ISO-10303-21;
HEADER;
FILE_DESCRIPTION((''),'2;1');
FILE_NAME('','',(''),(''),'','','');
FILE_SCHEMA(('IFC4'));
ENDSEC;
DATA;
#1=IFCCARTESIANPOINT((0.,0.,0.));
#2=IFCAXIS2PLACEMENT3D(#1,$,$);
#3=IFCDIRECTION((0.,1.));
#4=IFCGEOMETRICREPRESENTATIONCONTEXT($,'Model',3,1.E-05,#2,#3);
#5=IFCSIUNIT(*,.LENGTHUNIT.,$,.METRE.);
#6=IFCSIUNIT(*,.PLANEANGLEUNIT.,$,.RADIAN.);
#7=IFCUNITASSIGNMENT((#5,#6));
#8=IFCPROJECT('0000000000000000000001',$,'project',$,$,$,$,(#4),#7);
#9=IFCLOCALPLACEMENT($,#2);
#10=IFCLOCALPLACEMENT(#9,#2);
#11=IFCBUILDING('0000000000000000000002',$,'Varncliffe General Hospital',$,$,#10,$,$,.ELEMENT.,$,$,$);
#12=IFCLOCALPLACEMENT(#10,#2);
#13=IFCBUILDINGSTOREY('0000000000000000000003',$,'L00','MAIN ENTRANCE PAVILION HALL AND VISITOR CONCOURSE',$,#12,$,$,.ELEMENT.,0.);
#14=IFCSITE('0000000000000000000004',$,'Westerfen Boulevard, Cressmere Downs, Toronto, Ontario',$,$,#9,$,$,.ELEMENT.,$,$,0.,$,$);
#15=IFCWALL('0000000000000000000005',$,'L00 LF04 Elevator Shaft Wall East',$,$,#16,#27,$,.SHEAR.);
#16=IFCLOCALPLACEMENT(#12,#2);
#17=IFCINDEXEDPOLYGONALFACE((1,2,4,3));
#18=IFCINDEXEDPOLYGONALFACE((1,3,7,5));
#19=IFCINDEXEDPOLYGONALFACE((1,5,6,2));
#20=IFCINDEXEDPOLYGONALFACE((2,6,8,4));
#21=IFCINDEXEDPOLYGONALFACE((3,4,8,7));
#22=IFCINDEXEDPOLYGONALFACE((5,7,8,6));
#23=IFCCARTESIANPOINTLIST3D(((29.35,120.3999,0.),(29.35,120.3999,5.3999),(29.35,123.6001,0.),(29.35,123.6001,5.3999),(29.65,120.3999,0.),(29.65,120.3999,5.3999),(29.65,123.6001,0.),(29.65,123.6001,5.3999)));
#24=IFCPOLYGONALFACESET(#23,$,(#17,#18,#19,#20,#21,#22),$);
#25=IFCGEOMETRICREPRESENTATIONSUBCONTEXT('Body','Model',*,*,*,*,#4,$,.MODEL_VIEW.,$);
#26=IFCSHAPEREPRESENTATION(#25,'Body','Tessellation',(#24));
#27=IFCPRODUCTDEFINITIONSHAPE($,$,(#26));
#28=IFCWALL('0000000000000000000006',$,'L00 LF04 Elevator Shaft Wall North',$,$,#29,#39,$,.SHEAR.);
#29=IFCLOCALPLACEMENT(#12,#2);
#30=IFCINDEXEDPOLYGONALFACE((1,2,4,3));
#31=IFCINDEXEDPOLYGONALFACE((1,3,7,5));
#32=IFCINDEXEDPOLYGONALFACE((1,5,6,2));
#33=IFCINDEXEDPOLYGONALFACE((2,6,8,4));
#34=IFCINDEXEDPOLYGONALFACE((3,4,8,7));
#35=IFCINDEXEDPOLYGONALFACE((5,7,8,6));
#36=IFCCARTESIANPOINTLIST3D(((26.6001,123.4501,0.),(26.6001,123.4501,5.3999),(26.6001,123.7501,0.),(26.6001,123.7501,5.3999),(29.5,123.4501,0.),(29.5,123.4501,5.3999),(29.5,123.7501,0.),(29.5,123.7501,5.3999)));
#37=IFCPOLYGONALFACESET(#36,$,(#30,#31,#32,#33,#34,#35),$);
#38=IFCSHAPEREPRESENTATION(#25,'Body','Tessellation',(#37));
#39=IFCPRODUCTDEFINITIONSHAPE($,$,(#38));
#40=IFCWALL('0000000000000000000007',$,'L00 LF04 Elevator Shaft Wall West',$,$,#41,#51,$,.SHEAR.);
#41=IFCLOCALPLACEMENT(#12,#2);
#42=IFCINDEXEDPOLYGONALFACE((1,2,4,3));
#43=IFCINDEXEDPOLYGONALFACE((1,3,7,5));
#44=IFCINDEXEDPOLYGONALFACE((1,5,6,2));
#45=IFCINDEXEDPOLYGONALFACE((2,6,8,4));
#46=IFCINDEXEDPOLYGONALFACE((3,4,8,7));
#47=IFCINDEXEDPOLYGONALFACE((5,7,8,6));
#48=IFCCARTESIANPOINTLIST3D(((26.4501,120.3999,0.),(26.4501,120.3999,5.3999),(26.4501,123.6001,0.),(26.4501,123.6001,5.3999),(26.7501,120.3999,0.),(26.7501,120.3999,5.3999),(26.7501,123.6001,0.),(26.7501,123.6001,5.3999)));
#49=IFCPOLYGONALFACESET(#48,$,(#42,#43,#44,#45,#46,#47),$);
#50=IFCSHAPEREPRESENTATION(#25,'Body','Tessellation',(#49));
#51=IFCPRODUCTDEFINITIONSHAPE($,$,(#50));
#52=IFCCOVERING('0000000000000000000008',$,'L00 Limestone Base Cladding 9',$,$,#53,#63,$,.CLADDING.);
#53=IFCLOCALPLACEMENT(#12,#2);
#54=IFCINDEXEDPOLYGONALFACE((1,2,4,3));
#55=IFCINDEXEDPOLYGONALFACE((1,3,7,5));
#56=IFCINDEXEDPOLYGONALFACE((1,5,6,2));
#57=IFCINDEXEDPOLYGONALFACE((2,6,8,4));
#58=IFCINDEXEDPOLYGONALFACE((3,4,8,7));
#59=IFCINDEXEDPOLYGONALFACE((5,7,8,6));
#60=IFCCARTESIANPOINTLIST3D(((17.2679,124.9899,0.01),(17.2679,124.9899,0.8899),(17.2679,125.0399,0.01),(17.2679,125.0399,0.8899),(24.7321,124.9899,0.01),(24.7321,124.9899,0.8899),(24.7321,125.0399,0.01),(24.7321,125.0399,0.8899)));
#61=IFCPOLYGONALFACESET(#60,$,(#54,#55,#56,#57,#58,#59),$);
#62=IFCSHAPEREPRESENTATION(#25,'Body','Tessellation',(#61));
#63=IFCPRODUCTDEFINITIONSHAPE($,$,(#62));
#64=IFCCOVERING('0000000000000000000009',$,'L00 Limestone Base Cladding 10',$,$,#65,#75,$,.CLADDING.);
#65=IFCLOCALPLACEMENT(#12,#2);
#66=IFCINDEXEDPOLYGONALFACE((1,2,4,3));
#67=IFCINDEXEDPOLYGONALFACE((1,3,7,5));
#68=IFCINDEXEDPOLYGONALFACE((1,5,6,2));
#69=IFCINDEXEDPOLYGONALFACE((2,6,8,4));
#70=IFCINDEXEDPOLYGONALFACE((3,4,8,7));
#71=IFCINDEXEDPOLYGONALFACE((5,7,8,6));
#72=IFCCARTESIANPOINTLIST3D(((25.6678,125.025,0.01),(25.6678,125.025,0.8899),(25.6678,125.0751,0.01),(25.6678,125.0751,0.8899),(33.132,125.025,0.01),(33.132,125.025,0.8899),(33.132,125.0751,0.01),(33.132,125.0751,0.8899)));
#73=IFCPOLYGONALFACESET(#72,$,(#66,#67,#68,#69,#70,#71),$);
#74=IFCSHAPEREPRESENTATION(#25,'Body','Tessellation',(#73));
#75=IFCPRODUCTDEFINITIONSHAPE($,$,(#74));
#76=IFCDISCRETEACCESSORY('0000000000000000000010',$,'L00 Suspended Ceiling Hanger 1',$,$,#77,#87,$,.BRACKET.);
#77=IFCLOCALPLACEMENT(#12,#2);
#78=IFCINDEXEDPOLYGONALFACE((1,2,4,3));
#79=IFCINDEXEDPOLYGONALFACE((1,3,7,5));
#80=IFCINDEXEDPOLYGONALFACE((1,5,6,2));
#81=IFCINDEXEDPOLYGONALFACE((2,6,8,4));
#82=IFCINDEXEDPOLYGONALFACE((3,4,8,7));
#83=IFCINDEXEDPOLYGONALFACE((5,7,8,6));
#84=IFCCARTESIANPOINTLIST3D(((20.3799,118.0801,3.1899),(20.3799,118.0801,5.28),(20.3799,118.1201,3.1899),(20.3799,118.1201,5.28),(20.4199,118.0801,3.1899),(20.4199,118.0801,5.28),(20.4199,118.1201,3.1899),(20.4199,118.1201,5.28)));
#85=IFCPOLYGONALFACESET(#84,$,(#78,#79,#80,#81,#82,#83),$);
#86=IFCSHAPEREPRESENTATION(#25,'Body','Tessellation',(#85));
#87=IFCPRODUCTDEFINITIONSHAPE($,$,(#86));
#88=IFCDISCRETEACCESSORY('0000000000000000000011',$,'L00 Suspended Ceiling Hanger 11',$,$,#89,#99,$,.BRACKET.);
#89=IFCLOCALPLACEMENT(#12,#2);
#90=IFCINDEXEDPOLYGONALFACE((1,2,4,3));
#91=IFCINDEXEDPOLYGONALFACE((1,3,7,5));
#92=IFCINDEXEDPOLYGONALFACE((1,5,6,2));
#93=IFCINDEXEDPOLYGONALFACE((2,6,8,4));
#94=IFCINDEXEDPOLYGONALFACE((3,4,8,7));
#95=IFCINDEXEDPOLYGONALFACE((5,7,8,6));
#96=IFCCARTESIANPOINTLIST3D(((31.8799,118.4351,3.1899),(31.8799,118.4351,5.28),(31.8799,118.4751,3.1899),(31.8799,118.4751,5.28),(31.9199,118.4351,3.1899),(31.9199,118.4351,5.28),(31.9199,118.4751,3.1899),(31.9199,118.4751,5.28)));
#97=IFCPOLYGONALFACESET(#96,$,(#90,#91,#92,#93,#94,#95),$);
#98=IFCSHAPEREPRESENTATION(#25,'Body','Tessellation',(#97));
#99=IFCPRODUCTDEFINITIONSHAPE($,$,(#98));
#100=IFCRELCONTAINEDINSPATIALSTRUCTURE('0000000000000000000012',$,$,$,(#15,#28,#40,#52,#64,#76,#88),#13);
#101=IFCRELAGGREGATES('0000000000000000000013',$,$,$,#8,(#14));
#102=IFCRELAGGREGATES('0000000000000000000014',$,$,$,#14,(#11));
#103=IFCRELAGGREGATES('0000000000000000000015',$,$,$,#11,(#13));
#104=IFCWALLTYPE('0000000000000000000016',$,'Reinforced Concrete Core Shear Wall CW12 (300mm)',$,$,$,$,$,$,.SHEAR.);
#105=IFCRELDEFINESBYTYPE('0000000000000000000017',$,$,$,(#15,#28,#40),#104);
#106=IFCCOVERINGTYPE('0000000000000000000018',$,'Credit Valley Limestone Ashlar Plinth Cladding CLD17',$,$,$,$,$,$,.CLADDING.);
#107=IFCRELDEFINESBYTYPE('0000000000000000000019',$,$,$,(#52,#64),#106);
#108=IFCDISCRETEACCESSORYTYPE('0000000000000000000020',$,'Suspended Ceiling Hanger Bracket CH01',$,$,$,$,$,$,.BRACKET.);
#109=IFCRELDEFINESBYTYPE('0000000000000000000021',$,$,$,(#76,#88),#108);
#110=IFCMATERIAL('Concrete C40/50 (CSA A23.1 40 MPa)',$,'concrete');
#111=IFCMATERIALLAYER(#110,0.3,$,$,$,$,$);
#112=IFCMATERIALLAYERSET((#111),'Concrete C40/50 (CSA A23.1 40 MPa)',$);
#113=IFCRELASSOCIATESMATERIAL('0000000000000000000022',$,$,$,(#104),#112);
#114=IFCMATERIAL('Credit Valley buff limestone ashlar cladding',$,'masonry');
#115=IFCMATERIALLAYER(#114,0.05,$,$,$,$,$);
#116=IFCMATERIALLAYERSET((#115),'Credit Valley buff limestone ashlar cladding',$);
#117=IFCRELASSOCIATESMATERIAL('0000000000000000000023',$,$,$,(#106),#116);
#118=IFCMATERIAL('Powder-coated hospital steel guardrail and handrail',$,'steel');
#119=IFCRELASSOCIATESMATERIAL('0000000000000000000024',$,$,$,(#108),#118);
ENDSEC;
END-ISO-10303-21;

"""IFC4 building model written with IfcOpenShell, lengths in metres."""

from ifc_helpers import new_model, si_unit, direction, frame, frame_2d, origin, origin_2d, place, context, subcontext, project, spatial, rectangle, extrude, material, layer, layer_set, type_object, element, save


model = new_model("IFC4")

# Units and contexts
model_context = context("Model", 3, precision=1e-05, world=origin(), true_north=direction((0.0, 1.0)))
body_context = subcontext(model_context, "Body", "Model", "MODEL_VIEW")
ifc_project = project(units=[si_unit("LENGTHUNIT", "METRE"), si_unit("PLANEANGLEUNIT", "RADIAN")], contexts=[model_context])

# Site, building, storey
site_placement = place(None, origin())
site = spatial("IfcSite", under=ifc_project, at=site_placement, Name="Westerfen Boulevard, Cressmere Downs, Toronto, Ontario", CompositionType="ELEMENT", RefElevation=0.0)
building_placement = place(site_placement, origin())
building = spatial("IfcBuilding", under=site, at=building_placement, Name="Varncliffe General Hospital", CompositionType="ELEMENT")
storey_placement = place(building_placement, origin())
storey = spatial("IfcBuildingStorey", under=building, at=storey_placement, Name="L00", Description="MAIN ENTRANCE PAVILION HALL AND VISITOR CONCOURSE", CompositionType="ELEMENT", Elevation=0.0)

# Shared definitions
ifc_material_1 = material(Name="Concrete C40/50 (CSA A23.1 40 MPa)", Category="concrete")

# Shared definitions
ifc_layer_1 = layer(ifc_material_1, 0.3)
ifc_layer_set_1 = layer_set([ifc_layer_1], Name="Concrete C40/50 (CSA A23.1 40 MPa)")
wall_type_1 = type_object("IfcWallType", Name="Reinforced Concrete Core Shear Wall CW12 (300mm)", PredefinedType="SHEAR", material=ifc_layer_set_1)

# Walls
wall_1_placement = place(storey_placement, frame((29.5, 120.3999, 0.0), z_axis=(0.0, 0.0, 1.0), x_axis=(0.0, 1.0, 0.0)))
element("IfcWall", 1, at=wall_1_placement, inside=storey, type_object=wall_type_1, Name="L00 LF04 Elevator Shaft Wall East", PredefinedType="SHEAR", context=body_context, shape_type="SweptSolid", body=[
    extrude(rectangle(XDim=3.2002, YDim=0.3, at=frame_2d((1.6001, 0.0))), origin(), (0.0, 0.0, 1.0), 5.3999),
])
wall_2_placement = place(storey_placement, frame((29.5, 123.6001, 0.0), z_axis=(0.0, 0.0, 1.0), x_axis=(-1.0, 0.0, 0.0)))
element("IfcWall", 2, at=wall_2_placement, inside=storey, type_object=wall_type_1, Name="L00 LF04 Elevator Shaft Wall North", PredefinedType="SHEAR", context=body_context, shape_type="SweptSolid", body=[
    extrude(rectangle(XDim=2.8999, YDim=0.3, at=frame_2d((1.45, 0.0))), origin(), (0.0, 0.0, 1.0), 5.3999),
])
wall_3_placement = place(storey_placement, frame((26.6001, 123.6001, 0.0), z_axis=(0.0, 0.0, 1.0), x_axis=(0.0, -1.0, 0.0)))
element("IfcWall", 3, at=wall_3_placement, inside=storey, type_object=wall_type_1, Name="L00 LF04 Elevator Shaft Wall West", PredefinedType="SHEAR", context=body_context, shape_type="SweptSolid", body=[
    extrude(rectangle(XDim=3.2002, YDim=0.3, at=frame_2d((1.6001, 0.0))), origin(), (0.0, 0.0, 1.0), 5.3999),
])

# Coverings
ifc_material_2 = material(Name="Credit Valley buff limestone ashlar cladding", Category="masonry")
ifc_layer_2 = layer(ifc_material_2, 0.05)
ifc_layer_set_2 = layer_set([ifc_layer_2], Name="Credit Valley buff limestone ashlar cladding")
covering_type = type_object("IfcCoveringType", Name="Credit Valley Limestone Ashlar Plinth Cladding CLD17", PredefinedType="CLADDING", material=ifc_layer_set_2)
for number, where, z_axis, x_axis, name in (
    (4, (21.0, 125.0149, 0.01), (0.0, 0.0, 1.0), (1.0, 0.0, 0.0), "L00 Limestone Base Cladding 9"),
    (5, (29.3999, 125.05, 0.01), (0.0, 0.0, 1.0), (1.0, 0.0, 0.0), "L00 Limestone Base Cladding 10"),
):
    element("IfcCovering", number, at=place(storey_placement, frame(where, z_axis=z_axis, x_axis=x_axis)), inside=storey, type_object=covering_type, Name=name, PredefinedType="CLADDING", context=body_context, shape_type="SweptSolid", body=[
        extrude(rectangle(XDim=7.4641, YDim=0.05, at=origin_2d()), origin(), (0.0, 0.0, 1.0), 0.8799),
    ])

# Discrete accessories
ifc_material_3 = material(Name="Powder-coated hospital steel guardrail and handrail", Category="steel")
discrete_accessory_type = type_object("IfcDiscreteAccessoryType", Name="Suspended Ceiling Hanger Bracket CH01", PredefinedType="BRACKET", material=ifc_material_3)
for number, where, z_axis, x_axis, name in (
    (6, (20.3999, 118.1001, 3.1899), (0.0, 0.0, 1.0), (1.0, 0.0, 0.0), "L00 Suspended Ceiling Hanger 1"),
    (7, (31.8999, 118.4551, 3.1899), (0.0, 0.0, 1.0), (1.0, 0.0, 0.0), "L00 Suspended Ceiling Hanger 11"),
):
    element("IfcDiscreteAccessory", number, at=place(storey_placement, frame(where, z_axis=z_axis, x_axis=x_axis)), inside=storey, type_object=discrete_accessory_type, Name=name, PredefinedType="BRACKET", context=body_context, shape_type="SweptSolid", body=[
        extrude(rectangle(XDim=0.04, YDim=0.04, at=origin_2d()), origin(), (0.0, 0.0, 1.0), 2.0901),
    ])

save(model, "model.ifc")
